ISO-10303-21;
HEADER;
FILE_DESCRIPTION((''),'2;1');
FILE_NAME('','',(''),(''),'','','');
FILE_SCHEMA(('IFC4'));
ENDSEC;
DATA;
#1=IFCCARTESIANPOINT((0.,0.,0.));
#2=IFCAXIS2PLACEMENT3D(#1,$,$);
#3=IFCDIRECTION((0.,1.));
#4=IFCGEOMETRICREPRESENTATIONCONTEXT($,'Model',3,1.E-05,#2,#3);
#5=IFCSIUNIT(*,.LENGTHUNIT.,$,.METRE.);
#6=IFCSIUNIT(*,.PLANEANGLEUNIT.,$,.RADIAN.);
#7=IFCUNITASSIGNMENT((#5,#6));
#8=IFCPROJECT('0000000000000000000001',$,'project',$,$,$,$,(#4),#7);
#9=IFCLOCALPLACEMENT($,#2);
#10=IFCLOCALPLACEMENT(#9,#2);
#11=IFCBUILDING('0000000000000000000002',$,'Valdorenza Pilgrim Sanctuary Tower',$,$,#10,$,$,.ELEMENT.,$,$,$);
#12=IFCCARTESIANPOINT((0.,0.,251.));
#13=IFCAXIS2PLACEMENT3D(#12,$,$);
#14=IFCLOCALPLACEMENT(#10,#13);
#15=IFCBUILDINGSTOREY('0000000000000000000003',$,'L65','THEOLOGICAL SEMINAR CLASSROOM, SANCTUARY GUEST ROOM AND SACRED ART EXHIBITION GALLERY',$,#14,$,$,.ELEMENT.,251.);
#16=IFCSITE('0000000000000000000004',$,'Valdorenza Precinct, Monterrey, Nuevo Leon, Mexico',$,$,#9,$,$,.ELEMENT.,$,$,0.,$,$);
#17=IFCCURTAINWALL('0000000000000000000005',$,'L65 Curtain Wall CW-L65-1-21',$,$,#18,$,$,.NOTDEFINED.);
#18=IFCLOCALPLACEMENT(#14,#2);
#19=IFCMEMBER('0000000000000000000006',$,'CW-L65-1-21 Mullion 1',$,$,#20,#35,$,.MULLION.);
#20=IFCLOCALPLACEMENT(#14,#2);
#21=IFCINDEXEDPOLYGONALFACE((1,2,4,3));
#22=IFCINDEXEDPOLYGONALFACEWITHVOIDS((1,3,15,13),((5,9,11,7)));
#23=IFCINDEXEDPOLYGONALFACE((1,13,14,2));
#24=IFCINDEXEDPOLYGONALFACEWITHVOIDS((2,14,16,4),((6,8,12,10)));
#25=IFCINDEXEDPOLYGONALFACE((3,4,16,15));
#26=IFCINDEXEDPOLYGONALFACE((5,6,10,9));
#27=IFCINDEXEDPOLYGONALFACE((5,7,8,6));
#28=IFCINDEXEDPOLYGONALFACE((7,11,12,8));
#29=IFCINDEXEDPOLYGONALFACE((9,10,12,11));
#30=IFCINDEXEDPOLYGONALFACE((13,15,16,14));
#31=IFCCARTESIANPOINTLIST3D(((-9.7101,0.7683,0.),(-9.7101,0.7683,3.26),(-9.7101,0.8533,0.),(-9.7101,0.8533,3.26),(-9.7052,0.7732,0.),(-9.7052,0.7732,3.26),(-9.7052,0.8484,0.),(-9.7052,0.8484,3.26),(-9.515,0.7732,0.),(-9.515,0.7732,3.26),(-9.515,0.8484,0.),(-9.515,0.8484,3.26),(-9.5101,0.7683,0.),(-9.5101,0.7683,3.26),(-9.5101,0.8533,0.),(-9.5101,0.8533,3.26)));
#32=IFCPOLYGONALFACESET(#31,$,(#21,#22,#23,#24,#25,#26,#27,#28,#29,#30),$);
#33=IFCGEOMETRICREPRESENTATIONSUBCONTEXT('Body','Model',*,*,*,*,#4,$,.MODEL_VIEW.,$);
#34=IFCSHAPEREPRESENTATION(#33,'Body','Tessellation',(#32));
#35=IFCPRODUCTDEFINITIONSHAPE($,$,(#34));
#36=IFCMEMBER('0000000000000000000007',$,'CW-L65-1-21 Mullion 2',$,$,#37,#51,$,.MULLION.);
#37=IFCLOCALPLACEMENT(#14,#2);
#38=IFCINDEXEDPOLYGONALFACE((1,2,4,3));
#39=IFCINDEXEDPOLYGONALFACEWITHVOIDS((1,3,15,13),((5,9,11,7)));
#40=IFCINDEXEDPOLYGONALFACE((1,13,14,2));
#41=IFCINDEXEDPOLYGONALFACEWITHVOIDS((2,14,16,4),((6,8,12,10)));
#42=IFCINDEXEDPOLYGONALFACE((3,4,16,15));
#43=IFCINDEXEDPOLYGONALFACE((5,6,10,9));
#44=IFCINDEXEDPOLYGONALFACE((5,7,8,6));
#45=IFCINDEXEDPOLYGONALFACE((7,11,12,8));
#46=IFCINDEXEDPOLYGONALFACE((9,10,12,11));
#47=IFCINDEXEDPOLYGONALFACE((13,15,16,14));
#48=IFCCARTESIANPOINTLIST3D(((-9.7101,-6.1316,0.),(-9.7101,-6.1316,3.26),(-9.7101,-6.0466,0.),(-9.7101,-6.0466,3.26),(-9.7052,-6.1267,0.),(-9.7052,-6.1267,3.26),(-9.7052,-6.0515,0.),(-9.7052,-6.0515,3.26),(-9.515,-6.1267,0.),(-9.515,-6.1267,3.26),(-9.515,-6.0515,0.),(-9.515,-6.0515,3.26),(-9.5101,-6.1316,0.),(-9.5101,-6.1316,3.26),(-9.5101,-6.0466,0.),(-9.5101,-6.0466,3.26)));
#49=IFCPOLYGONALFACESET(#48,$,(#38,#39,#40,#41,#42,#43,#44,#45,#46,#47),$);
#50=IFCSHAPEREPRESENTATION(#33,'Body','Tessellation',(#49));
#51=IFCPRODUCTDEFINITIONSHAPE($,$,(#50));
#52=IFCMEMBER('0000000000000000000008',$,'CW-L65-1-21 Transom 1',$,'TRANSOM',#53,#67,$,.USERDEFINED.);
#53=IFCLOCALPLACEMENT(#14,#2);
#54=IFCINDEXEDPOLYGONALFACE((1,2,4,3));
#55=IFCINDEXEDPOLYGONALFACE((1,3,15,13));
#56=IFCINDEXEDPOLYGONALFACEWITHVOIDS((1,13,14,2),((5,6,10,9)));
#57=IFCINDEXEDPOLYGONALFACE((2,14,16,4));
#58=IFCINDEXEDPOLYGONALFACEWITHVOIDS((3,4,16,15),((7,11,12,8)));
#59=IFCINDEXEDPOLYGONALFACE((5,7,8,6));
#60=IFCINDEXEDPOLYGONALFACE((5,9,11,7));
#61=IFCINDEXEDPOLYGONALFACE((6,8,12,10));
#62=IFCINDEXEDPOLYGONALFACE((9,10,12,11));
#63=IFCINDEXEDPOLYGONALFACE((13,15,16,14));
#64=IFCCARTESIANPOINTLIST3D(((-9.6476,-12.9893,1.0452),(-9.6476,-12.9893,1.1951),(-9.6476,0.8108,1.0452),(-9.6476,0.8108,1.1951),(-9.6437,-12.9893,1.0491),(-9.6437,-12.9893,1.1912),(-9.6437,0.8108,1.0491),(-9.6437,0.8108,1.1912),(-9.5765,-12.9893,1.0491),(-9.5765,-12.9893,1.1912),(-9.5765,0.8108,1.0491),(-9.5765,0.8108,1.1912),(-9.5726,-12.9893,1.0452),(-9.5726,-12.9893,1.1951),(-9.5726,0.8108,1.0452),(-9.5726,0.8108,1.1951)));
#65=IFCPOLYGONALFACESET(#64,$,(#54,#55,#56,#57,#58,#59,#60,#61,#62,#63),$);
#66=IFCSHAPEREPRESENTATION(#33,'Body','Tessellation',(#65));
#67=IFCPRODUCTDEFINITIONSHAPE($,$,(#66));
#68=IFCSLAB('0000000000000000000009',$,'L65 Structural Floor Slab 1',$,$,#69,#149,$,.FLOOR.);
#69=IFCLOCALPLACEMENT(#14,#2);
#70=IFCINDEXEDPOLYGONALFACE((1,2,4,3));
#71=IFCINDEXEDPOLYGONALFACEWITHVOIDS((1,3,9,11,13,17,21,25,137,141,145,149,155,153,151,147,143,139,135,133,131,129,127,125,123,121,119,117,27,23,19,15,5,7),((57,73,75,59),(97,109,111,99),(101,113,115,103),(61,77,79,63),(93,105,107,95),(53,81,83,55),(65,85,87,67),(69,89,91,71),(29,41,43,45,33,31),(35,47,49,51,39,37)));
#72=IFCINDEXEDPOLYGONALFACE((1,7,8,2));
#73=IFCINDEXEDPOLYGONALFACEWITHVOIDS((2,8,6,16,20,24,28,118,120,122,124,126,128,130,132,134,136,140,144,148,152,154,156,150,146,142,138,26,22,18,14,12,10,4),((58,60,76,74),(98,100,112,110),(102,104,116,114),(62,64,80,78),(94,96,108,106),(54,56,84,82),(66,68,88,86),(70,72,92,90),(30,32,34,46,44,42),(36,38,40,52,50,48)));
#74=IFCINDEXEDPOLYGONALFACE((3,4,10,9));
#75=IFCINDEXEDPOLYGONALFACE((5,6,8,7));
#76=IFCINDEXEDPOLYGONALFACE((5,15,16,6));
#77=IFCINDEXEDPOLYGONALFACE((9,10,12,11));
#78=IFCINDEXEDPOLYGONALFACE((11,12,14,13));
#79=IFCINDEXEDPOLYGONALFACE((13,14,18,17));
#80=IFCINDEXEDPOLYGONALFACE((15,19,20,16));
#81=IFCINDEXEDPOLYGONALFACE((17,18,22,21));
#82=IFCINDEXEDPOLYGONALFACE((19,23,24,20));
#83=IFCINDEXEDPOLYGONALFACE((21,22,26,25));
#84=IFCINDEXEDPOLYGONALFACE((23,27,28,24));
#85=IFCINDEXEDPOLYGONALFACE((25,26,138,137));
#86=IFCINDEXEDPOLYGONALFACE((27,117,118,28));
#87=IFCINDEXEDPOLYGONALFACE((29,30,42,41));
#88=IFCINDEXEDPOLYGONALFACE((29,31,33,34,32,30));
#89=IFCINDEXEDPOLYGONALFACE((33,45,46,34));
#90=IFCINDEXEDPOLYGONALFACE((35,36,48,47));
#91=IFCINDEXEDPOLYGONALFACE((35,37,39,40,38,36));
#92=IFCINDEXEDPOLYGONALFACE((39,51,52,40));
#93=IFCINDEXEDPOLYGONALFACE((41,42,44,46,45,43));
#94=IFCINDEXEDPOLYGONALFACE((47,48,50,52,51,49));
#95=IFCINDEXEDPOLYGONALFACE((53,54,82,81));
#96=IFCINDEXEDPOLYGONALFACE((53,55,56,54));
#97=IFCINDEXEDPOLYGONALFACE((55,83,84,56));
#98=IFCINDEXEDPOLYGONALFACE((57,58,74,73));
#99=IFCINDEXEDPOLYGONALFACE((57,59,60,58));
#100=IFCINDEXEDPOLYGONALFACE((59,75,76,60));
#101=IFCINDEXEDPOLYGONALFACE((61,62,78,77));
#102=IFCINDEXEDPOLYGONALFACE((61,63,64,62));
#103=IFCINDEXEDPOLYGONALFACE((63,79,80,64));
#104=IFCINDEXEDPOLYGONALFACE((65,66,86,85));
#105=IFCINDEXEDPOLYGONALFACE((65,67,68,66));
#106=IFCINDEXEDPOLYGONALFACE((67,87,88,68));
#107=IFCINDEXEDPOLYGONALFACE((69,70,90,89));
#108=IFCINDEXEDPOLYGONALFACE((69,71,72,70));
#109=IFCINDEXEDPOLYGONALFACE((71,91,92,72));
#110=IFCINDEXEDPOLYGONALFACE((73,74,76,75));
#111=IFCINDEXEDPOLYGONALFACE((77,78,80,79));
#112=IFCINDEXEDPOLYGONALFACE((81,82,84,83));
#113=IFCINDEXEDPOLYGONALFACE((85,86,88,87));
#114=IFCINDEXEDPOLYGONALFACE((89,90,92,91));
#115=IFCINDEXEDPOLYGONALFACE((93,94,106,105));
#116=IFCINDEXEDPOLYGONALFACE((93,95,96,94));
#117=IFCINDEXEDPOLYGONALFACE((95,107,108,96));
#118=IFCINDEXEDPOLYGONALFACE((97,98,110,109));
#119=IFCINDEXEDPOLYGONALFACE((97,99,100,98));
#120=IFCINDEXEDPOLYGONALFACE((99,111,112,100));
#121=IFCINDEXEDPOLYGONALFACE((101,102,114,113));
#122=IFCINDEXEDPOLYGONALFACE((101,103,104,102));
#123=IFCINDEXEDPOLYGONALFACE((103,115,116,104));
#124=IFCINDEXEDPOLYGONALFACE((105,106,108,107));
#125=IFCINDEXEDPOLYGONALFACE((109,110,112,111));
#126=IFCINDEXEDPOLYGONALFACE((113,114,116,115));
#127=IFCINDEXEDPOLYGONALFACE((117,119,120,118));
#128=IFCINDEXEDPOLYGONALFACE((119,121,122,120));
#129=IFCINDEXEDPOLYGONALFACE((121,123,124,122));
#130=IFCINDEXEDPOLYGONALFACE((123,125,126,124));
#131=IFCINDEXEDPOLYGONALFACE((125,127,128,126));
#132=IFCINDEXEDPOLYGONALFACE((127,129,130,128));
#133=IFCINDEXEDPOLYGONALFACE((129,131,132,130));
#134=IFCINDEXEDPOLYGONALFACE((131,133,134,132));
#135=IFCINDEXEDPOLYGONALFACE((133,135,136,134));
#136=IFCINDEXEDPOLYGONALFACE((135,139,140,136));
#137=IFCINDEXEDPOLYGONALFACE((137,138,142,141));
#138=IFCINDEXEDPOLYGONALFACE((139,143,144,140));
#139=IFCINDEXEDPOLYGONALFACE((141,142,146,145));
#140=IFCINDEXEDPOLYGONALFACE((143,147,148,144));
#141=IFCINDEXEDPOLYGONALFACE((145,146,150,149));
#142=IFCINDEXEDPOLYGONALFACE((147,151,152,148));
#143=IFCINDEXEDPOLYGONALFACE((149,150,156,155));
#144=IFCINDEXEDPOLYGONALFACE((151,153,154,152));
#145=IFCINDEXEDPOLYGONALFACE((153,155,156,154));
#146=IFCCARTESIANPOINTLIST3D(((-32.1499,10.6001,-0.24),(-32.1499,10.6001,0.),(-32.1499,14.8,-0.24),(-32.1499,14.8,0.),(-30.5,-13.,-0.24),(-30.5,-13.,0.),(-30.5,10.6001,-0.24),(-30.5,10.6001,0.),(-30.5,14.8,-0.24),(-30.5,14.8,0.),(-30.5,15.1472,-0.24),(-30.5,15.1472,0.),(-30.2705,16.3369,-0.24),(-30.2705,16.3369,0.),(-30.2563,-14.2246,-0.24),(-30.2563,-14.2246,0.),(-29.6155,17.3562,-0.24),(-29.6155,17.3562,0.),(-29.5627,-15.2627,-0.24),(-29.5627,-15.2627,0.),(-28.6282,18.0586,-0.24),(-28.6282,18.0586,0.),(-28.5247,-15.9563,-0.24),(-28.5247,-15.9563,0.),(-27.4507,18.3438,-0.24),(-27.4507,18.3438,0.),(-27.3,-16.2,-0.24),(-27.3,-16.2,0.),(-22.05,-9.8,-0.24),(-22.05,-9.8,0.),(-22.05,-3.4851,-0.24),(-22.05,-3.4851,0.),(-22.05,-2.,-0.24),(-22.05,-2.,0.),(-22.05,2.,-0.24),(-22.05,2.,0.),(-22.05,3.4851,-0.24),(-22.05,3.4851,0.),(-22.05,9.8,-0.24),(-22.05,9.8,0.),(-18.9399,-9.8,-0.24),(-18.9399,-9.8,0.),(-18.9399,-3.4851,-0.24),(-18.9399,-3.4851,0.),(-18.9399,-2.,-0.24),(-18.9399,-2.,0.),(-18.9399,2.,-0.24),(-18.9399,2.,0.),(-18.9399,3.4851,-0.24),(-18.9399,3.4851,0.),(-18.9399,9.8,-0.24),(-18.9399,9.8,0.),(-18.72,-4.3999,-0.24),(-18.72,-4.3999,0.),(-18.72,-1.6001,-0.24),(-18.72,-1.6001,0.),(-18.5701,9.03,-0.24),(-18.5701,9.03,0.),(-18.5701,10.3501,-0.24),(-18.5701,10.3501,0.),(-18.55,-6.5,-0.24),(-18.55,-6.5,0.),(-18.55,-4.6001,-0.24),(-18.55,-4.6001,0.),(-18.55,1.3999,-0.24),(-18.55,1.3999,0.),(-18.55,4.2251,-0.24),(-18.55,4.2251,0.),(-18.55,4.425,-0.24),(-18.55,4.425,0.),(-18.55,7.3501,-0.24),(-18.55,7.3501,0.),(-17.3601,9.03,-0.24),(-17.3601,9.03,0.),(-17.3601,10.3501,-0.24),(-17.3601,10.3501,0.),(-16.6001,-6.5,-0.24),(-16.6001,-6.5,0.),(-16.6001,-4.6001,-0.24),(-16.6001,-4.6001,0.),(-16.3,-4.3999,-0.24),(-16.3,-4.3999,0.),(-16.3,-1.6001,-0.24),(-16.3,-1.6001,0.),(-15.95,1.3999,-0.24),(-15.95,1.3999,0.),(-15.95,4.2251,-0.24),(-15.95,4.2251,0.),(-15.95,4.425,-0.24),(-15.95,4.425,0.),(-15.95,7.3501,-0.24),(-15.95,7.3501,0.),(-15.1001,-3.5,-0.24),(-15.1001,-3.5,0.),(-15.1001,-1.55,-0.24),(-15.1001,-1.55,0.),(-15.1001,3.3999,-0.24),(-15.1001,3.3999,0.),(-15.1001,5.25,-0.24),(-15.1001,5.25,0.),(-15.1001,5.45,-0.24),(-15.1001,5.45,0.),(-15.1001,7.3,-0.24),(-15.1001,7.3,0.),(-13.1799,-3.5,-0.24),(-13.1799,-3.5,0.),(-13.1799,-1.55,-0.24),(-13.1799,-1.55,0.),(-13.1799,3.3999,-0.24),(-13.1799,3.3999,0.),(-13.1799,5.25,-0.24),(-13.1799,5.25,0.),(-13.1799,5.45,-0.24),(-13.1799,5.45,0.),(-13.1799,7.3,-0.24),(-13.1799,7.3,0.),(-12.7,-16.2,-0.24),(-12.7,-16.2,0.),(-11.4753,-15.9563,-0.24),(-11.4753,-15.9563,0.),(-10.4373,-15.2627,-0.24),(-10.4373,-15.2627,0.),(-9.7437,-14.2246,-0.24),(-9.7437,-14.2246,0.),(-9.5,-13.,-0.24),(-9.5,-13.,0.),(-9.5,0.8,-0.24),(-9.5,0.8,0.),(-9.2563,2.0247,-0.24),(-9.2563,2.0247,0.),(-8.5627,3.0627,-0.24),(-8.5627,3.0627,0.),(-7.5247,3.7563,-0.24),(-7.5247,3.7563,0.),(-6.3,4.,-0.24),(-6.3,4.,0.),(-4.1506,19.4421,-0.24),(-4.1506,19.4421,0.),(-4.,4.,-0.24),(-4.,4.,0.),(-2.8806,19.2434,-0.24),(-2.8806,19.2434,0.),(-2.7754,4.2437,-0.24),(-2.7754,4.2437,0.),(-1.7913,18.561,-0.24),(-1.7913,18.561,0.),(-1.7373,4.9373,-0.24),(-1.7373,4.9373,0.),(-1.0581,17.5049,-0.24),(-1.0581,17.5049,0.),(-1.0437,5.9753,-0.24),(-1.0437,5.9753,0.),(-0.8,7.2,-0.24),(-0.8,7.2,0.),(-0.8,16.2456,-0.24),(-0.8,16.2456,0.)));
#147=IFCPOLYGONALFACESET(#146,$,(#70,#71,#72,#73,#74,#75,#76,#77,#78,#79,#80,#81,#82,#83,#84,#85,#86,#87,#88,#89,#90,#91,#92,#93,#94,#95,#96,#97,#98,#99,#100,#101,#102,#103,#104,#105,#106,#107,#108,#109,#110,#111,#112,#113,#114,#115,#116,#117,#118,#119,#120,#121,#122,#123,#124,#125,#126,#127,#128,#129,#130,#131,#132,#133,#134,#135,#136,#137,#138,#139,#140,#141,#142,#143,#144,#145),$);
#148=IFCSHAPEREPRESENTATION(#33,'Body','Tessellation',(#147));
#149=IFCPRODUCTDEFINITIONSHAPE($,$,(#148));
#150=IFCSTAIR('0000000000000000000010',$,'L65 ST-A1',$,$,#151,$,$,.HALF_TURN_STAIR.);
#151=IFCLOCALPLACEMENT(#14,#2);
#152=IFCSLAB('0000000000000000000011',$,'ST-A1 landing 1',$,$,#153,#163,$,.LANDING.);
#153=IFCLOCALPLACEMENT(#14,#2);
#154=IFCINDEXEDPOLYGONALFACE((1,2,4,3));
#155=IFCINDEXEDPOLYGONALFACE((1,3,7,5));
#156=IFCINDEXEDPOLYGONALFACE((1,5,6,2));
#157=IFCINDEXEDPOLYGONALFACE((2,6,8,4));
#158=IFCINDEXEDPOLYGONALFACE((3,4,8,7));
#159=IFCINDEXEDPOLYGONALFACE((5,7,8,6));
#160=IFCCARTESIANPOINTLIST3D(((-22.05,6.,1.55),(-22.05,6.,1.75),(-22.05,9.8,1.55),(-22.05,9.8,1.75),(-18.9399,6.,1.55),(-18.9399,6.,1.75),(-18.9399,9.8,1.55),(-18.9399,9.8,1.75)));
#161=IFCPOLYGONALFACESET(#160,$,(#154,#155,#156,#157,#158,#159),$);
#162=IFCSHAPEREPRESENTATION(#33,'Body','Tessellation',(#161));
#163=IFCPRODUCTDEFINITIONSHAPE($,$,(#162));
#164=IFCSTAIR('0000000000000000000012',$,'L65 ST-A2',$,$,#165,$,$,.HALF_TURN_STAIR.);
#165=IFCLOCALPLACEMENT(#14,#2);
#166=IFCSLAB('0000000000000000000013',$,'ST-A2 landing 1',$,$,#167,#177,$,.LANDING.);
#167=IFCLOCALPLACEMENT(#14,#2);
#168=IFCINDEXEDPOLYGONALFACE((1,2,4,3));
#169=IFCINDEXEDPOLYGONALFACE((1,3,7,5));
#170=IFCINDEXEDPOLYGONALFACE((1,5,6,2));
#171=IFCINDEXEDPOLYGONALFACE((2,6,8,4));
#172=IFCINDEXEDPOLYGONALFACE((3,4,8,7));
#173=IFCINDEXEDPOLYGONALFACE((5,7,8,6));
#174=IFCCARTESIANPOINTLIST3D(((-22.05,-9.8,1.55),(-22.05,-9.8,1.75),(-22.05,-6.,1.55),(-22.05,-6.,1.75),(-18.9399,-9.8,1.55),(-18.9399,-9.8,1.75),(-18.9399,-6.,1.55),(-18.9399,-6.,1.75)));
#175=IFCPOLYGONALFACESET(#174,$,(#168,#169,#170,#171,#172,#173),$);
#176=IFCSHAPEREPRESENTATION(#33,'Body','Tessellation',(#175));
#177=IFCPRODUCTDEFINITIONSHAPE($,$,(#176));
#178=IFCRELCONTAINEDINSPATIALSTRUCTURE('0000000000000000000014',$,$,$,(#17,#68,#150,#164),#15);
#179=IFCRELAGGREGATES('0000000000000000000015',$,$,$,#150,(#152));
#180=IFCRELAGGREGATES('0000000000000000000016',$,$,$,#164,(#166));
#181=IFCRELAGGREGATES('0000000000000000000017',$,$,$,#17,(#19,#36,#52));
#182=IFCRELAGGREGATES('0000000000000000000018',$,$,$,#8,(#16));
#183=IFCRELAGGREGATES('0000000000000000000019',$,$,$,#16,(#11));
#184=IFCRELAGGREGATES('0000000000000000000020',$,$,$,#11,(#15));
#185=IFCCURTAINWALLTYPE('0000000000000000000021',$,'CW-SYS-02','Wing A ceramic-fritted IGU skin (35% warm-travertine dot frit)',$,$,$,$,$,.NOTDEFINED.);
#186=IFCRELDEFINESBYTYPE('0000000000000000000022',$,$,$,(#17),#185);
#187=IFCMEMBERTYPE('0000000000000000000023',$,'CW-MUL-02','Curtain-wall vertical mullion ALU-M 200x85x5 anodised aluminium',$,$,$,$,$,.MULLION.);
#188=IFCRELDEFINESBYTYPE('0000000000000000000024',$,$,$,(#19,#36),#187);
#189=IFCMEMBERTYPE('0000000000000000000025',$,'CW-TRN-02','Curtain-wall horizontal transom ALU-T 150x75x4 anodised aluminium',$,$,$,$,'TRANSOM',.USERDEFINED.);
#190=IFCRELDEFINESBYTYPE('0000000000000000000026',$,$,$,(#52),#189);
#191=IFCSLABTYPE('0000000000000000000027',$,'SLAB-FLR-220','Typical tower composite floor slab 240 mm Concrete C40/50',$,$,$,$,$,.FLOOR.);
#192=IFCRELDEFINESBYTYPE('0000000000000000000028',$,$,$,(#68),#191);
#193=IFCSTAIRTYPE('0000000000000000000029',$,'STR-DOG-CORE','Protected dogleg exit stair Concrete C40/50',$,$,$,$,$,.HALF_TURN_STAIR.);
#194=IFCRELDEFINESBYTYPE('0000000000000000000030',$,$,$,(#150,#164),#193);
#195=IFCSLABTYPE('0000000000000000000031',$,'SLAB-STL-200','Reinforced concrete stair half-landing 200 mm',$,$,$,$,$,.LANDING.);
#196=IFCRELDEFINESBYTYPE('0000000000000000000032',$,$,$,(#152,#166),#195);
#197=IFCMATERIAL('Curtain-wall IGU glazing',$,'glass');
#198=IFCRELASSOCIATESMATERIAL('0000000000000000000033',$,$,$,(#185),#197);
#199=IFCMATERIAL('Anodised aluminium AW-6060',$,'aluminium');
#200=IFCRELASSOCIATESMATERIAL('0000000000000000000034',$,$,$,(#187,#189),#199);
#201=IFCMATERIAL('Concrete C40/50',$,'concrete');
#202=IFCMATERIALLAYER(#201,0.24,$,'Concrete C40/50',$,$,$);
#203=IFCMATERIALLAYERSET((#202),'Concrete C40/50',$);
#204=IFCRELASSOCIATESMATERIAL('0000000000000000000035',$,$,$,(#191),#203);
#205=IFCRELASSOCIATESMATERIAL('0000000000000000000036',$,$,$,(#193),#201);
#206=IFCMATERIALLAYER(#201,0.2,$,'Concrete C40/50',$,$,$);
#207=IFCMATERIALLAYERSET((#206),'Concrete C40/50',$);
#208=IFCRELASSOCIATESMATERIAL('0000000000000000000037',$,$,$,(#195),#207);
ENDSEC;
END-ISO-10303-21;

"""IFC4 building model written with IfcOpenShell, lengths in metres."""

from ifc_helpers import new_model, si_unit, direction, frame, origin, origin_2d, place, context, subcontext, project, spatial, polyline, hollow_rectangle, outline, extrude, source, transform, mapped, material, layer, layer_set, material_profile, profile_set, type_object, element, aggregate, save


model = new_model("IFC4")

# Units and contexts
model_context = context("Model", 3, precision=1e-05, world=origin(), true_north=direction((0.0, 1.0)))
body_context = subcontext(model_context, "Body", "Model", "MODEL_VIEW")
ifc_project = project(units=[si_unit("LENGTHUNIT", "METRE"), si_unit("PLANEANGLEUNIT", "RADIAN")], contexts=[model_context])

# Site, building, storey
site_placement = place(None, origin())
site = spatial("IfcSite", under=ifc_project, at=site_placement, Name="Valdorenza Precinct, Monterrey, Nuevo Leon, Mexico", CompositionType="ELEMENT", RefElevation=0.0)
building_placement = place(site_placement, origin())
building = spatial("IfcBuilding", under=site, at=building_placement, Name="Valdorenza Pilgrim Sanctuary Tower", CompositionType="ELEMENT")
storey_placement = place(building_placement, frame((0.0, 0.0, 251.0)))
storey = spatial("IfcBuildingStorey", under=building, at=storey_placement, Name="L65", Description="THEOLOGICAL SEMINAR CLASSROOM, SANCTUARY GUEST ROOM AND SACRED ART EXHIBITION GALLERY", CompositionType="ELEMENT", Elevation=251.0)

# Curtain wall, members
ifc_material_1 = material(Name="Curtain-wall IGU glazing", Category="glass")
curtain_wall_type = type_object("IfcCurtainWallType", Name="CW-SYS-02", Description="Wing A ceramic-fritted IGU skin (35% warm-travertine dot frit)", PredefinedType="NOTDEFINED", material=ifc_material_1)
curtain_wall_placement = place(storey_placement, origin())
curtain_wall = element("IfcCurtainWall", 1, at=curtain_wall_placement, inside=storey, type_object=curtain_wall_type, Name="L65 Curtain Wall CW-L65-1-21", PredefinedType="NOTDEFINED")
ifc_material_2 = material(Name="Anodised aluminium AW-6060", Category="aluminium")
ifc_material_profile_1 = material_profile(ifc_material_2, hollow_rectangle(XDim=0.085, YDim=0.2, WallThickness=0.0049, at=origin_2d()), Name="ALU-M 200x85x5")
ifc_profile_set_1 = profile_set([ifc_material_profile_1], Name="Anodised aluminium AW-6060")
member_type_1 = type_object("IfcMemberType", Name="CW-MUL-02", Description="Curtain-wall vertical mullion ALU-M 200x85x5 anodised aluminium", PredefinedType="MULLION", material=ifc_profile_set_1)
shared_shape_1 = source(origin(), body_context, "Body", "SweptSolid", [
    extrude(hollow_rectangle(XDim=0.085, YDim=0.2, WallThickness=0.0049, at=origin_2d()), origin(), (0.0, 0.0, 1.0), 3.26),
])
member_1_placement = place(storey_placement, frame((-9.6101, 0.8108, 0.0), z_axis=(0.0, 0.0, 1.0), x_axis=(0.0, -1.0, 0.0)))
member_1 = element("IfcMember", 2, at=member_1_placement, type_object=member_type_1, Name="CW-L65-1-21 Mullion 1", PredefinedType="MULLION", context=body_context, shape_type="MappedRepresentation", body=[
    mapped(shared_shape_1, transform((0.0, 0.0, 0.0), x_axis=(1.0, 0.0, 0.0), y_axis=(0.0, 1.0, 0.0), z_axis=(0.0, 0.0, 1.0), scale=1.0)),
])
member_2_placement = place(storey_placement, frame((-9.6101, -6.0891, 0.0), z_axis=(0.0, 0.0, 1.0), x_axis=(0.0, -1.0, 0.0)))
member_2 = element("IfcMember", 3, at=member_2_placement, type_object=member_type_1, Name="CW-L65-1-21 Mullion 2", PredefinedType="MULLION", context=body_context, shape_type="MappedRepresentation", body=[
    mapped(shared_shape_1, transform((0.0, 0.0, 0.0), x_axis=(1.0, 0.0, 0.0), y_axis=(0.0, 1.0, 0.0), z_axis=(0.0, 0.0, 1.0), scale=1.0)),
])
ifc_material_profile_2 = material_profile(ifc_material_2, hollow_rectangle(XDim=0.075, YDim=0.1499, WallThickness=0.0039, at=origin_2d()), Name="ALU-T 150x75x4")
ifc_profile_set_2 = profile_set([ifc_material_profile_2], Name="Anodised aluminium AW-6060")
member_type_2 = type_object("IfcMemberType", Name="CW-TRN-02", Description="Curtain-wall horizontal transom ALU-T 150x75x4 anodised aluminium", ElementType="TRANSOM", PredefinedType="USERDEFINED", material=ifc_profile_set_2)
shared_shape_2 = source(origin(), body_context, "Body", "SweptSolid", [
    extrude(hollow_rectangle(XDim=0.075, YDim=0.1499, WallThickness=0.0039, at=origin_2d()), origin(), (0.0, 0.0, 1.0), 13.8),
])
member_3_placement = place(storey_placement, frame((-9.6101, 0.8108, 1.1201), z_axis=(0.0, -1.0, 0.0), x_axis=(1.0, 0.0, 0.0)))
member_3 = element("IfcMember", 4, at=member_3_placement, type_object=member_type_2, Name="CW-L65-1-21 Transom 1", ObjectType="TRANSOM", PredefinedType="USERDEFINED", context=body_context, shape_type="MappedRepresentation", body=[
    mapped(shared_shape_2, transform((0.0, 0.0, 0.0), x_axis=(1.0, 0.0, 0.0), y_axis=(0.0, 1.0, 0.0), z_axis=(0.0, 0.0, 1.0), scale=1.0)),
])

# Slab
ifc_material_3 = material(Name="Concrete C40/50", Category="concrete")
ifc_layer_1 = layer(ifc_material_3, 0.24, Name="Concrete C40/50")
ifc_layer_set_1 = layer_set([ifc_layer_1], Name="Concrete C40/50")
slab_type_1 = type_object("IfcSlabType", Name="SLAB-FLR-220", Description="Typical tower composite floor slab 240 mm Concrete C40/50", PredefinedType="FLOOR", material=ifc_layer_set_1)
slab_1_placement = place(storey_placement, frame((0.0, 0.0, -0.24)))
element("IfcSlab", 5, at=slab_1_placement, inside=storey, type_object=slab_type_1, Name="L65 Structural Floor Slab 1", PredefinedType="FLOOR", context=body_context, shape_type="SweptSolid", body=[
    extrude(outline(polyline([(-30.2705, 16.3369), (-29.6155, 17.3562), (-28.6282, 18.0586), (-27.4507, 18.3438), (-4.1506, 19.4421), (-2.8806, 19.2434), (-1.7913, 18.561), (-1.0581, 17.5049), (-0.8, 16.2456), (-0.8, 7.2), (-1.0437, 5.9753), (-1.7373, 4.9373), (-2.7754, 4.2437), (-4.0, 4.0), (-6.3, 4.0), (-7.5247, 3.7563), (-8.5627, 3.0627), (-9.2563, 2.0247), (-9.5, 0.8), (-9.5, -13.0), (-9.7437, -14.2246), (-10.4373, -15.2627), (-11.4753, -15.9563), (-12.7, -16.2), (-27.3, -16.2), (-28.5247, -15.9563), (-29.5627, -15.2627), (-30.2563, -14.2246), (-30.5, -13.0), (-30.5, 10.6001), (-32.1499, 10.6001), (-32.1499, 14.8), (-30.5, 14.8), (-30.5, 15.1472), (-30.2705, 16.3369)]), holes=[polyline([(-22.05, -9.8), (-18.9399, -9.8), (-18.9399, -3.4851), (-18.9399, -2.0), (-22.05, -2.0), (-22.05, -3.4851), (-22.05, -9.8)]), polyline([(-16.6001, -6.5), (-16.6001, -4.6001), (-18.55, -4.6001), (-18.55, -6.5), (-16.6001, -6.5)]), polyline([(-22.05, 2.0), (-18.9399, 2.0), (-18.9399, 3.4851), (-18.9399, 9.8), (-22.05, 9.8), (-22.05, 3.4851), (-22.05, 2.0)]), polyline([(-17.3601, 9.03), (-17.3601, 10.3501), (-18.5701, 10.3501), (-18.5701, 9.03), (-17.3601, 9.03)]), polyline([(-16.3, -1.6001), (-18.72, -1.6001), (-18.72, -4.3999), (-16.3, -4.3999), (-16.3, -1.6001)]), polyline([(-13.1799, -3.5), (-13.1799, -1.55), (-15.1001, -1.55), (-15.1001, -3.5), (-13.1799, -3.5)]), polyline([(-15.95, 1.3999), (-15.95, 4.2251), (-18.55, 4.2251), (-18.55, 1.3999), (-15.95, 1.3999)]), polyline([(-13.1799, 5.25), (-15.1001, 5.25), (-15.1001, 3.3999), (-13.1799, 3.3999), (-13.1799, 5.25)]), polyline([(-15.95, 4.425), (-15.95, 7.3501), (-18.55, 7.3501), (-18.55, 4.425), (-15.95, 4.425)]), polyline([(-13.1799, 5.45), (-13.1799, 7.3), (-15.1001, 7.3), (-15.1001, 5.45), (-13.1799, 5.45)])]), origin(), (0.0, 0.0, 1.0), 0.24),
])

# Stairs, slabs
stair_type = type_object("IfcStairType", Name="STR-DOG-CORE", Description="Protected dogleg exit stair Concrete C40/50", PredefinedType="HALF_TURN_STAIR", material=ifc_material_3)
stair_1_placement = place(storey_placement, origin())
stair_1 = element("IfcStair", 6, at=stair_1_placement, inside=storey, type_object=stair_type, Name="L65 ST-A1", PredefinedType="HALF_TURN_STAIR")
ifc_layer_2 = layer(ifc_material_3, 0.2, Name="Concrete C40/50")
ifc_layer_set_2 = layer_set([ifc_layer_2], Name="Concrete C40/50")
slab_type_2 = type_object("IfcSlabType", Name="SLAB-STL-200", Description="Reinforced concrete stair half-landing 200 mm", PredefinedType="LANDING", material=ifc_layer_set_2)
slab_2_placement = place(storey_placement, frame((0.0, 0.0, 1.55)))
slab_2 = element("IfcSlab", 7, at=slab_2_placement, type_object=slab_type_2, Name="ST-A1 landing 1", PredefinedType="LANDING", context=body_context, shape_type="SweptSolid", body=[
    extrude(outline(polyline([(-18.9399, 6.0), (-18.9399, 9.8), (-22.05, 9.8), (-22.05, 6.0), (-18.9399, 6.0)])), origin(), (0.0, 0.0, 1.0), 0.2),
])
aggregate(stair_1, [slab_2])
stair_2_placement = place(storey_placement, origin())
stair_2 = element("IfcStair", 8, at=stair_2_placement, inside=storey, type_object=stair_type, Name="L65 ST-A2", PredefinedType="HALF_TURN_STAIR")
slab_3_placement = place(storey_placement, frame((0.0, 0.0, 1.55)))
slab_3 = element("IfcSlab", 9, at=slab_3_placement, type_object=slab_type_2, Name="ST-A2 landing 1", PredefinedType="LANDING", context=body_context, shape_type="SweptSolid", body=[
    extrude(outline(polyline([(-22.05, -6.0), (-22.05, -9.8), (-18.9399, -9.8), (-18.9399, -6.0), (-22.05, -6.0)])), origin(), (0.0, 0.0, 1.0), 0.2),
])
aggregate(stair_2, [slab_3])

aggregate(curtain_wall, [member_1, member_2, member_3])

save(model, "model.ifc")
